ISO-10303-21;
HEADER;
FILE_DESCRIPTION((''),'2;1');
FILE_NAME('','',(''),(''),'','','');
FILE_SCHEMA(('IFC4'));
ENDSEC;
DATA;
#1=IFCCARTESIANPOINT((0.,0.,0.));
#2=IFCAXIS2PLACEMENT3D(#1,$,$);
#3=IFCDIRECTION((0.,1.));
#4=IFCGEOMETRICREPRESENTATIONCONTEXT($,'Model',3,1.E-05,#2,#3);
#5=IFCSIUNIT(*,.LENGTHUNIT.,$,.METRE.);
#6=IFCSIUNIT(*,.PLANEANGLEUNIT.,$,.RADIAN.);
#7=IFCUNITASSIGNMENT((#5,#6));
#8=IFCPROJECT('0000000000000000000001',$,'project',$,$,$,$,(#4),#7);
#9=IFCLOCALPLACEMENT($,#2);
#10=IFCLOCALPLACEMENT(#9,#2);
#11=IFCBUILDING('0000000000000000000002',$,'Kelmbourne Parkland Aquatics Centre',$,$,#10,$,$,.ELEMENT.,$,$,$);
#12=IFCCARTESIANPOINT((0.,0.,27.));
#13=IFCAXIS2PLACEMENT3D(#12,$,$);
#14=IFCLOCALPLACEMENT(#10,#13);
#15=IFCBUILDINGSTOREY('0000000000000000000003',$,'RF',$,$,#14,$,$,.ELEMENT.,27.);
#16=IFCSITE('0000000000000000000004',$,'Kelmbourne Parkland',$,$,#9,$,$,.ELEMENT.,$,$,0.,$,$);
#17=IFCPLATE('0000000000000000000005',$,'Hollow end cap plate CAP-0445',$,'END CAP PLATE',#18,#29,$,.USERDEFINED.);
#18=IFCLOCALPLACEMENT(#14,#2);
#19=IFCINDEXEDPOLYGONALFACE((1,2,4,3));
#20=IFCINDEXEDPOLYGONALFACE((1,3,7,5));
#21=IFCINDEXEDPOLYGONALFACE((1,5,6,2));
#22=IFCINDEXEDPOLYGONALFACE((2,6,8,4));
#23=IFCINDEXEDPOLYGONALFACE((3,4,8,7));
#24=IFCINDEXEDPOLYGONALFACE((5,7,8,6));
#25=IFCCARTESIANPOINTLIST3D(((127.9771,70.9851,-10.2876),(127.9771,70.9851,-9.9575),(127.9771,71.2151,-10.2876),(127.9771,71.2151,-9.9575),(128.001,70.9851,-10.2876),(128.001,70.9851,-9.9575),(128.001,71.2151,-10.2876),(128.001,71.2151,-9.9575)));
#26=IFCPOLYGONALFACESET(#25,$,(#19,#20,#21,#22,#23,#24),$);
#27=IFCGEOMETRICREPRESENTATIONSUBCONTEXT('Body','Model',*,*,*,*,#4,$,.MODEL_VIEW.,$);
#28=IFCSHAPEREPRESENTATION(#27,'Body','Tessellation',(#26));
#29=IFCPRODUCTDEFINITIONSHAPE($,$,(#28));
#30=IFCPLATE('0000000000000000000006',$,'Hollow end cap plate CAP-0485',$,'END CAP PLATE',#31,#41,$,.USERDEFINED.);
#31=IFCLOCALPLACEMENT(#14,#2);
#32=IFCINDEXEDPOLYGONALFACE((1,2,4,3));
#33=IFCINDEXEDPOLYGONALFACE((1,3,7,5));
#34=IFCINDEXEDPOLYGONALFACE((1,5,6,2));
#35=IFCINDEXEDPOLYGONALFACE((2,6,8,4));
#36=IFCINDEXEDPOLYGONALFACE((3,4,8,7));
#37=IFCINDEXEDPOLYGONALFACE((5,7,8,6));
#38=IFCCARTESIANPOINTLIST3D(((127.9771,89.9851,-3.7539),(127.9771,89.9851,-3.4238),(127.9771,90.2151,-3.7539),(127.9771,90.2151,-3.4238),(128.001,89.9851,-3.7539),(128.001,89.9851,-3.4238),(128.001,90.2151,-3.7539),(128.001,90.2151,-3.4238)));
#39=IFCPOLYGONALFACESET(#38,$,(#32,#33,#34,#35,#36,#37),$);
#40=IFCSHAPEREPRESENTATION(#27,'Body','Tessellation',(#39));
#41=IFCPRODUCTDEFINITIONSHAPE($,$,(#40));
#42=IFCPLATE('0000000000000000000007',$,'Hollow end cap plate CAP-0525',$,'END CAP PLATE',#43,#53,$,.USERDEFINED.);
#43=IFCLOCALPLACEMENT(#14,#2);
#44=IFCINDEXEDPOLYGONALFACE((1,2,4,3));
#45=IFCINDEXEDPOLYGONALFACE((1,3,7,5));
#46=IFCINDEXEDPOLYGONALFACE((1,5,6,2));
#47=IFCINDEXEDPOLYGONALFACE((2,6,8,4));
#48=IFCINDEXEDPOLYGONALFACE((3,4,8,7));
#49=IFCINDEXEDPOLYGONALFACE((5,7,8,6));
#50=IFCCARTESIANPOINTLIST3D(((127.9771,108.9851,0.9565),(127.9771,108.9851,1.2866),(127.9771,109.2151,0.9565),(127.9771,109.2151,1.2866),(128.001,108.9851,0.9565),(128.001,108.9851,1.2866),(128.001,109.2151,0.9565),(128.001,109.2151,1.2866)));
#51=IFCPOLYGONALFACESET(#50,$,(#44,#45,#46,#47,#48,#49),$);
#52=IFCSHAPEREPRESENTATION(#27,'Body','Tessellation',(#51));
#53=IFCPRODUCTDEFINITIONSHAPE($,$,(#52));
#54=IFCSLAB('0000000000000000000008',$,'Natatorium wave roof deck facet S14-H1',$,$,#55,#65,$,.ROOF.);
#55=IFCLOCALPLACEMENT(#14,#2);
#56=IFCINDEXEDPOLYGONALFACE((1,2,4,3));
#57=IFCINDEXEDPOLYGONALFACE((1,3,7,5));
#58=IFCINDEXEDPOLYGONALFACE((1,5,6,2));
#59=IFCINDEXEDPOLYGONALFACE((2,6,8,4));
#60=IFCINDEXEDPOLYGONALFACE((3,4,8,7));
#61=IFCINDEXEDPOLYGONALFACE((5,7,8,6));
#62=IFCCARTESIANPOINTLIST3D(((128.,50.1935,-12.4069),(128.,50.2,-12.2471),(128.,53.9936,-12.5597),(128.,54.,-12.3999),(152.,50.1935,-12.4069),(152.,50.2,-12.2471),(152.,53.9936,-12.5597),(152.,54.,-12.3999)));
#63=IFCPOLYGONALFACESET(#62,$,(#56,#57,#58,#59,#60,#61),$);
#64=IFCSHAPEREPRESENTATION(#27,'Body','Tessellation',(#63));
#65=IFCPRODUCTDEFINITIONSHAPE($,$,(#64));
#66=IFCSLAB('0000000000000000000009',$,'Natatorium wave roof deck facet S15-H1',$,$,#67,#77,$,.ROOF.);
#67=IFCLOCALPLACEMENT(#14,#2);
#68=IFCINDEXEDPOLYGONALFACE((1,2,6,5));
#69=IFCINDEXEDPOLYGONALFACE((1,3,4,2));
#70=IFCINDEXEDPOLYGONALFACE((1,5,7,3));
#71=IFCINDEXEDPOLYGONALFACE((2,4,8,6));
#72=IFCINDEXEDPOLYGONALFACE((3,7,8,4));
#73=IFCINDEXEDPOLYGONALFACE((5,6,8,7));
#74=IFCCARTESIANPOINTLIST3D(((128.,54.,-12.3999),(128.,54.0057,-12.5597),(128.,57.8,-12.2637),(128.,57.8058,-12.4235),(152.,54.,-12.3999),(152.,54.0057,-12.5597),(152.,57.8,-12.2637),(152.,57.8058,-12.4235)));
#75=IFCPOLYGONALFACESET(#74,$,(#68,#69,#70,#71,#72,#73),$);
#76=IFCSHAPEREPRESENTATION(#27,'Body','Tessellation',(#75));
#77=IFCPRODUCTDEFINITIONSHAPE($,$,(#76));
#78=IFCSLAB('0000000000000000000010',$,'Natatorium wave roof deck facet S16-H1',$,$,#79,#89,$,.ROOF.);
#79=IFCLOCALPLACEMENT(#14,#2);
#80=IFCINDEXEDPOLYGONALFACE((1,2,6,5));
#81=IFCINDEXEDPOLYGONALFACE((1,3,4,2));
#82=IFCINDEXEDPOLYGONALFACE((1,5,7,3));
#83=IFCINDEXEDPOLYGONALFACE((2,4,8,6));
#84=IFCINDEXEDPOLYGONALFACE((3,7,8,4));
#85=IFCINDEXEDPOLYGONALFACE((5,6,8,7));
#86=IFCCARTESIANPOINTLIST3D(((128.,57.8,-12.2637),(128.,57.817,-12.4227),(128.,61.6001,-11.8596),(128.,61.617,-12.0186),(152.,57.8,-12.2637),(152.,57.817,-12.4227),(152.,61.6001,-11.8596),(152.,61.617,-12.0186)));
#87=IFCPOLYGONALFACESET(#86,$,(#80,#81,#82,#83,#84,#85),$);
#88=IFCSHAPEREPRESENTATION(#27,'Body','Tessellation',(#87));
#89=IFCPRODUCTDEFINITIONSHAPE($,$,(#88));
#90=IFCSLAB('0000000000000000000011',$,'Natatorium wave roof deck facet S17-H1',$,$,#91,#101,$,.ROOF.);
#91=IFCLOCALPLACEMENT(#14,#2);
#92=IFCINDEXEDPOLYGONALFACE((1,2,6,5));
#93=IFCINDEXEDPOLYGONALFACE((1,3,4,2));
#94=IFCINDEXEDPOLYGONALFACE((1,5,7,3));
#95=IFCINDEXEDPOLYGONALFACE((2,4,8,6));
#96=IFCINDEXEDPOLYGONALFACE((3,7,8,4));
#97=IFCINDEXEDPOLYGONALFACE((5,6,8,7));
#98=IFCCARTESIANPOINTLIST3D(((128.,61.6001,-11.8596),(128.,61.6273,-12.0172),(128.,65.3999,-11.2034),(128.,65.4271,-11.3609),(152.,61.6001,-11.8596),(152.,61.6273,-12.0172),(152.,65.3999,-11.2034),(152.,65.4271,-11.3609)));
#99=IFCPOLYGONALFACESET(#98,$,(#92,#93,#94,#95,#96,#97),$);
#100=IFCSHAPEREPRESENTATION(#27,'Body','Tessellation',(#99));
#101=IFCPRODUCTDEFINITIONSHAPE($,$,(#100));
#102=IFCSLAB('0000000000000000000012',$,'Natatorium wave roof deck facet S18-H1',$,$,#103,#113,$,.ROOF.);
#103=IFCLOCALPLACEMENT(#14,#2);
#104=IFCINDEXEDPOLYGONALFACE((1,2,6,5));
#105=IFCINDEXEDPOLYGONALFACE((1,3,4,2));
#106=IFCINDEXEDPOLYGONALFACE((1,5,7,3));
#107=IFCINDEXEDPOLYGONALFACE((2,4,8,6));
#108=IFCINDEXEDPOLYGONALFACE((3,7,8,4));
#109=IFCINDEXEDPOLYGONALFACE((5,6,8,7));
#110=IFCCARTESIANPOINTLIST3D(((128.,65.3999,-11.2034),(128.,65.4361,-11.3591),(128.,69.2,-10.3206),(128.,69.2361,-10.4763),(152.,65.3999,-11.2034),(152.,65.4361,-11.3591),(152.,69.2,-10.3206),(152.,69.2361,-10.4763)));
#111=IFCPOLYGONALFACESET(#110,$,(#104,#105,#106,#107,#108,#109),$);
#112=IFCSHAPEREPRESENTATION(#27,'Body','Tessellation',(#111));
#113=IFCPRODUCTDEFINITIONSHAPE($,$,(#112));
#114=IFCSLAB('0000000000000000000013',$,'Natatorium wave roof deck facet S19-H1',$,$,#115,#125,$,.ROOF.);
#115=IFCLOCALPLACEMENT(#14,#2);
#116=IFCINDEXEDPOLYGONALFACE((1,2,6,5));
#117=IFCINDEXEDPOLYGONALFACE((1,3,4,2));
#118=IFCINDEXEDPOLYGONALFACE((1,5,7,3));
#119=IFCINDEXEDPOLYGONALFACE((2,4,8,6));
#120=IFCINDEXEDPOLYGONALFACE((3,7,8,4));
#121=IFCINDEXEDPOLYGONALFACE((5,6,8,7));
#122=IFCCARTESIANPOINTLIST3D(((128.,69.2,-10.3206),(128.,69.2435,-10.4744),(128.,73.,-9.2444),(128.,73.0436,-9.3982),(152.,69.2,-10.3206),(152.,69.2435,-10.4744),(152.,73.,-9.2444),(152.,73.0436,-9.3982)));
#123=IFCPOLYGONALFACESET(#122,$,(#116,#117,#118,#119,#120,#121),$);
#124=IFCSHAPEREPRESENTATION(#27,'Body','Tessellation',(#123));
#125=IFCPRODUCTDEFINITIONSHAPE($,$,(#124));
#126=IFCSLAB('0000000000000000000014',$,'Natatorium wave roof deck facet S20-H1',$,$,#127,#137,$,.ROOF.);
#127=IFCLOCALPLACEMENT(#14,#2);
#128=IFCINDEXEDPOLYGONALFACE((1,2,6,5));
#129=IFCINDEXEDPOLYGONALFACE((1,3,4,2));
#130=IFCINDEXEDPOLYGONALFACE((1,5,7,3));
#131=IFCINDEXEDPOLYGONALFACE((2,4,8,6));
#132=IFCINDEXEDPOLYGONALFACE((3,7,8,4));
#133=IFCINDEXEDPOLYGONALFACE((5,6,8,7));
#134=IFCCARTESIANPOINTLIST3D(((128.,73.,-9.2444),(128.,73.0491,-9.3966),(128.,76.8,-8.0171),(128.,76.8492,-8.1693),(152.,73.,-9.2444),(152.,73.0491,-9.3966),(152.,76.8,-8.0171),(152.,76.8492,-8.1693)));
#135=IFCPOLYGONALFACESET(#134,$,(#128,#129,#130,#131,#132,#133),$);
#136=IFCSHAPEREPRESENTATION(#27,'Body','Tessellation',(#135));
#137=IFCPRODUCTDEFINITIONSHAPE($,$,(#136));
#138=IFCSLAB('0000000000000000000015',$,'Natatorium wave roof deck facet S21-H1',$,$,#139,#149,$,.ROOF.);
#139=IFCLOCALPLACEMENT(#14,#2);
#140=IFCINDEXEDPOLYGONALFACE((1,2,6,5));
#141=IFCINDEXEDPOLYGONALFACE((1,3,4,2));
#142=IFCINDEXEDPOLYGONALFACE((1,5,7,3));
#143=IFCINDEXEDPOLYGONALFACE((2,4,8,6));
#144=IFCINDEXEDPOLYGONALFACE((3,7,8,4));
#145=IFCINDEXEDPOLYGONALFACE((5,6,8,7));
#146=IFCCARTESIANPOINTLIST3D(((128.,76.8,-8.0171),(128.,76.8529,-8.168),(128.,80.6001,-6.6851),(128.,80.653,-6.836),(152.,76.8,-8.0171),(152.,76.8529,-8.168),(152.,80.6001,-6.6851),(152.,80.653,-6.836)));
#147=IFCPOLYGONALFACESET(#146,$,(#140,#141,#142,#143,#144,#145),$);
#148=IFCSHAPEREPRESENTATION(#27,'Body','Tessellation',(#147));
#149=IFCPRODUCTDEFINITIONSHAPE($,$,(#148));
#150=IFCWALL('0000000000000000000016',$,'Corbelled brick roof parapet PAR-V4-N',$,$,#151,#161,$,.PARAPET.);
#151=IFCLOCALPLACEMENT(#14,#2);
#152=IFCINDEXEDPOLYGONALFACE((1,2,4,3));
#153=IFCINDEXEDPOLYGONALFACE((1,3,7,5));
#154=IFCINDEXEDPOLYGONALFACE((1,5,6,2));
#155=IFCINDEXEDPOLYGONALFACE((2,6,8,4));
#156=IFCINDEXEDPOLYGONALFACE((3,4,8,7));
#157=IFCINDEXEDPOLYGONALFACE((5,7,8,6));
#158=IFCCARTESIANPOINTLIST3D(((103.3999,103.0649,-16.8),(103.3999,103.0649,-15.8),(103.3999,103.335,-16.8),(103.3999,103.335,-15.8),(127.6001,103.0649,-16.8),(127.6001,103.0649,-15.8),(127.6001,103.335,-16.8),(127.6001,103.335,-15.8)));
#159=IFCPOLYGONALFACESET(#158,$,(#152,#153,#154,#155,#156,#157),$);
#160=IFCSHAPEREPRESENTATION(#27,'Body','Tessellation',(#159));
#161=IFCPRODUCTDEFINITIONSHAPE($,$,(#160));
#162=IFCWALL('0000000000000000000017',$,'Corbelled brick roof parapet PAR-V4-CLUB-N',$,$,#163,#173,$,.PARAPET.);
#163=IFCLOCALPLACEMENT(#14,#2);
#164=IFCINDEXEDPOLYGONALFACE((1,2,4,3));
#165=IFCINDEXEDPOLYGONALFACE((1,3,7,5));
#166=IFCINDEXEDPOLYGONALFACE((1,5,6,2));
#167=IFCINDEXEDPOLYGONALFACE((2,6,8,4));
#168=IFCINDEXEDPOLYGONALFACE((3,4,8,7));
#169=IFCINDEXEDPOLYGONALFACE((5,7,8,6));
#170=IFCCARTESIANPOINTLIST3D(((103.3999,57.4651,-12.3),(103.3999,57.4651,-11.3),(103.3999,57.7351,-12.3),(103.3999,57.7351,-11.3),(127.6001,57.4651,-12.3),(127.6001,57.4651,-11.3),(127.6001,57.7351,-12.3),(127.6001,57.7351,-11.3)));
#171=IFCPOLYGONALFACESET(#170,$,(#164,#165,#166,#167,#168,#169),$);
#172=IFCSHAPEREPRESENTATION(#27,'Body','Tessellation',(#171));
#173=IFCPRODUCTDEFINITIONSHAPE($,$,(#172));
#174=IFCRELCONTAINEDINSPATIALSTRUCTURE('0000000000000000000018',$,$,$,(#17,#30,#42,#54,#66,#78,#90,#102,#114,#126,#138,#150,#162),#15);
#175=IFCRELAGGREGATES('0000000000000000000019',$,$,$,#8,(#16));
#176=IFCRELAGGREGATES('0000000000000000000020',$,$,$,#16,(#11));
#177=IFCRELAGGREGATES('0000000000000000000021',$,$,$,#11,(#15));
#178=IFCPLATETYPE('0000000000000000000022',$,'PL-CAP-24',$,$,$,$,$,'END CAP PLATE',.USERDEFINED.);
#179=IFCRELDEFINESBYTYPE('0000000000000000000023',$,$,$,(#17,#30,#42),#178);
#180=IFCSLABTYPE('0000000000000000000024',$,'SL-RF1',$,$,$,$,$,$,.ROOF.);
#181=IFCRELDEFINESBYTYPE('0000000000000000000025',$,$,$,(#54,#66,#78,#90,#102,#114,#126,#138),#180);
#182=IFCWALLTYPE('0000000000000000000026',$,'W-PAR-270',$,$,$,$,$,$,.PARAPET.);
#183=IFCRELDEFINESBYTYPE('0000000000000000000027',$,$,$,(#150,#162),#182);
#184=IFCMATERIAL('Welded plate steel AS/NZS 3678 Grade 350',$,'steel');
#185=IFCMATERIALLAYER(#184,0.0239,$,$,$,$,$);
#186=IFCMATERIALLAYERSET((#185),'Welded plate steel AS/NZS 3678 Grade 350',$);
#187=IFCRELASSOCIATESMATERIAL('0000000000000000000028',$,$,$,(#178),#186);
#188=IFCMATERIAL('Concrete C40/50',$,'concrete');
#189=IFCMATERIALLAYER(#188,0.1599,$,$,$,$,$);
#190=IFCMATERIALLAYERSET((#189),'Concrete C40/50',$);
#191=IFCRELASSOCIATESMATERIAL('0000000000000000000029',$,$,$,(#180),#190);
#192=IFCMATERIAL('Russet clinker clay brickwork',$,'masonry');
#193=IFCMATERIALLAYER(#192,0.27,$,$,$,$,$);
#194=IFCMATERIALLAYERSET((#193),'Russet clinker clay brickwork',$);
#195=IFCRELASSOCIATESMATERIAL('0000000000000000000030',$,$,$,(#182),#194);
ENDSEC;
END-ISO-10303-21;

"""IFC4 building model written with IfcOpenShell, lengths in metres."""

from ifc_helpers import new_model, si_unit, direction, frame, frame_2d, origin, origin_2d, place, context, subcontext, project, spatial, polyline, rectangle, outline, extrude, material, layer, layer_set, type_object, element, save


model = new_model("IFC4")

# Units and contexts
model_context = context("Model", 3, precision=1e-05, world=origin(), true_north=direction((0.0, 1.0)))
body_context = subcontext(model_context, "Body", "Model", "MODEL_VIEW")
ifc_project = project(units=[si_unit("LENGTHUNIT", "METRE"), si_unit("PLANEANGLEUNIT", "RADIAN")], contexts=[model_context])

# Site, building, storey
site_placement = place(None, origin())
site = spatial("IfcSite", under=ifc_project, at=site_placement, Name="Kelmbourne Parkland", CompositionType="ELEMENT", RefElevation=0.0)
building_placement = place(site_placement, origin())
building = spatial("IfcBuilding", under=site, at=building_placement, Name="Kelmbourne Parkland Aquatics Centre", CompositionType="ELEMENT")
storey_placement = place(building_placement, frame((0.0, 0.0, 27.0)))
storey = spatial("IfcBuildingStorey", under=building, at=storey_placement, Name="RF", CompositionType="ELEMENT", Elevation=27.0)

# Plates
ifc_material_1 = material(Name="Welded plate steel AS/NZS 3678 Grade 350", Category="steel")
ifc_layer_1 = layer(ifc_material_1, 0.0239)
ifc_layer_set_1 = layer_set([ifc_layer_1], Name="Welded plate steel AS/NZS 3678 Grade 350")
plate_type_1 = type_object("IfcPlateType", Name="PL-CAP-24", ElementType="END CAP PLATE", PredefinedType="USERDEFINED", material=ifc_layer_set_1)
for number, where, z_axis, x_axis, name in (
    (1, (127.989, 71.1001, -10.2876), (0.0, 0.0, 1.0), (-1.0, 0.0, 0.0), "Hollow end cap plate CAP-0445"),
    (2, (127.989, 90.1001, -3.7539), (0.0, 0.0, 1.0), (-1.0, 0.0, 0.0), "Hollow end cap plate CAP-0485"),
    (3, (127.989, 109.1001, 0.9565), (0.0, 0.0, 1.0), (-1.0, 0.0, 0.0), "Hollow end cap plate CAP-0525"),
):
    element("IfcPlate", number, at=place(storey_placement, frame(where, z_axis=z_axis, x_axis=x_axis)), inside=storey, type_object=plate_type_1, Name=name, ObjectType="END CAP PLATE", PredefinedType="USERDEFINED", context=body_context, shape_type="SweptSolid", body=[
        extrude(rectangle(XDim=0.0239, YDim=0.23, at=origin_2d()), origin(), (0.0, 0.0, 1.0), 0.3301),
    ])

# Slabs
ifc_material_2 = material(Name="Concrete C40/50", Category="concrete")
ifc_layer_2 = layer(ifc_material_2, 0.1599)
ifc_layer_set_2 = layer_set([ifc_layer_2], Name="Concrete C40/50")
slab_type = type_object("IfcSlabType", Name="SL-RF1", PredefinedType="ROOF", material=ifc_layer_set_2)
slab_1_placement = place(storey_placement, frame((128.0, 50.2, -12.2471), z_axis=(0.0, 0.040186, 0.999192), x_axis=(1.0, 0.0, 0.0)))
element("IfcSlab", 4, at=slab_1_placement, inside=storey, type_object=slab_type, Name="Natatorium wave roof deck facet S14-H1", PredefinedType="ROOF", context=body_context, shape_type="SweptSolid", body=[
    extrude(outline(polyline([(0.0, 0.0), (24.0, 0.0), (24.0, 3.8031), (0.0, 3.8031), (0.0, 0.0)])), origin(), (0.0, 0.0, -1.0), 0.1599),
])
slab_2_placement = place(storey_placement, frame((128.0, 54.0, -12.3999), z_axis=(0.0, -0.035827, 0.999358), x_axis=(1.0, 0.0, 0.0)))
element("IfcSlab", 5, at=slab_2_placement, inside=storey, type_object=slab_type, Name="Natatorium wave roof deck facet S15-H1", PredefinedType="ROOF", context=body_context, shape_type="SweptSolid", body=[
    extrude(outline(polyline([(0.0, 0.0), (24.0, 0.0), (24.0, 3.8025), (0.0, 3.8025), (0.0, 0.0)])), origin(), (0.0, 0.0, -1.0), 0.1599),
])
slab_3_placement = place(storey_placement, frame((128.0, 57.8, -12.2637), z_axis=(0.0, -0.105732, 0.994395), x_axis=(1.0, 0.0, 0.0)))
element("IfcSlab", 6, at=slab_3_placement, inside=storey, type_object=slab_type, Name="Natatorium wave roof deck facet S16-H1", PredefinedType="ROOF", context=body_context, shape_type="SweptSolid", body=[
    extrude(outline(polyline([(0.0, 0.0), (24.0, 0.0), (24.0, 3.8215), (0.0, 3.8215), (0.0, 0.0)])), origin(), (0.0, 0.0, -1.0), 0.1599),
])
slab_4_placement = place(storey_placement, frame((128.0, 61.6001, -11.8596), z_axis=(0.0, -0.170187, 0.985412), x_axis=(1.0, 0.0, 0.0)))
element("IfcSlab", 7, at=slab_4_placement, inside=storey, type_object=slab_type, Name="Natatorium wave roof deck facet S17-H1", PredefinedType="ROOF", context=body_context, shape_type="SweptSolid", body=[
    extrude(outline(polyline([(0.0, 0.0), (24.0, 0.0), (24.0, 3.8561), (0.0, 3.8561), (0.0, 0.0)])), origin(), (0.0, 0.0, -1.0), 0.1599),
])
slab_5_placement = place(storey_placement, frame((128.0, 65.3999, -11.2034), z_axis=(0.0, -0.22629, 0.97406), x_axis=(1.0, 0.0, 0.0)))
element("IfcSlab", 8, at=slab_5_placement, inside=storey, type_object=slab_type, Name="Natatorium wave roof deck facet S18-H1", PredefinedType="ROOF", context=body_context, shape_type="SweptSolid", body=[
    extrude(outline(polyline([(0.0, 0.0), (24.0, 0.0), (24.0, 3.9012), (0.0, 3.9012), (0.0, 0.0)])), origin(), (0.0, 0.0, -1.0), 0.1599),
])
slab_6_placement = place(storey_placement, frame((128.0, 69.2, -10.3206), z_axis=(0.0, -0.272483, 0.96216), x_axis=(1.0, 0.0, 0.0)))
element("IfcSlab", 9, at=slab_6_placement, inside=storey, type_object=slab_type, Name="Natatorium wave roof deck facet S19-H1", PredefinedType="ROOF", context=body_context, shape_type="SweptSolid", body=[
    extrude(outline(polyline([(0.0, 0.0), (24.0, 0.0), (24.0, 3.9495), (0.0, 3.9495), (0.0, 0.0)])), origin(), (0.0, 0.0, -1.0), 0.1599),
])
slab_7_placement = place(storey_placement, frame((128.0, 73.0, -9.2444), z_axis=(0.0, -0.307337, 0.951601), x_axis=(1.0, 0.0, 0.0)))
element("IfcSlab", 10, at=slab_7_placement, inside=storey, type_object=slab_type, Name="Natatorium wave roof deck facet S20-H1", PredefinedType="ROOF", context=body_context, shape_type="SweptSolid", body=[
    extrude(outline(polyline([(0.0, 0.0), (24.0, 0.0), (24.0, 3.9933), (0.0, 3.9933), (0.0, 0.0)])), origin(), (0.0, 0.0, -1.0), 0.1599),
])
slab_8_placement = place(storey_placement, frame((128.0, 76.8, -8.0171), z_axis=(0.0, -0.330796, 0.943702), x_axis=(1.0, 0.0, 0.0)))
element("IfcSlab", 11, at=slab_8_placement, inside=storey, type_object=slab_type, Name="Natatorium wave roof deck facet S21-H1", PredefinedType="ROOF", context=body_context, shape_type="SweptSolid", body=[
    extrude(outline(polyline([(0.0, 0.0), (24.0, 0.0), (24.0, 4.0267), (0.0, 4.0267), (0.0, 0.0)])), origin(), (0.0, 0.0, -1.0), 0.1599),
])

# Walls
ifc_material_3 = material(Name="Russet clinker clay brickwork", Category="masonry")
ifc_layer_3 = layer(ifc_material_3, 0.27)
ifc_layer_set_3 = layer_set([ifc_layer_3], Name="Russet clinker clay brickwork")
wall_type = type_object("IfcWallType", Name="W-PAR-270", PredefinedType="PARAPET", material=ifc_layer_set_3)
for number, where, z_axis, x_axis, name in (
    (12, (103.3999, 103.2, -16.8), (0.0, 0.0, 1.0), (1.0, 0.0, 0.0), "Corbelled brick roof parapet PAR-V4-N"),
    (13, (103.3999, 57.6001, -12.3), (0.0, 0.0, 1.0), (1.0, 0.0, 0.0), "Corbelled brick roof parapet PAR-V4-CLUB-N"),
):
    element("IfcWall", number, at=place(storey_placement, frame(where, z_axis=z_axis, x_axis=x_axis)), inside=storey, type_object=wall_type, Name=name, PredefinedType="PARAPET", context=body_context, shape_type="SweptSolid", body=[
        extrude(rectangle(XDim=24.2002, YDim=0.27, at=frame_2d((12.1001, 0.0))), origin(), (0.0, 0.0, 1.0), 1.0),
    ])

save(model, "model.ifc")
